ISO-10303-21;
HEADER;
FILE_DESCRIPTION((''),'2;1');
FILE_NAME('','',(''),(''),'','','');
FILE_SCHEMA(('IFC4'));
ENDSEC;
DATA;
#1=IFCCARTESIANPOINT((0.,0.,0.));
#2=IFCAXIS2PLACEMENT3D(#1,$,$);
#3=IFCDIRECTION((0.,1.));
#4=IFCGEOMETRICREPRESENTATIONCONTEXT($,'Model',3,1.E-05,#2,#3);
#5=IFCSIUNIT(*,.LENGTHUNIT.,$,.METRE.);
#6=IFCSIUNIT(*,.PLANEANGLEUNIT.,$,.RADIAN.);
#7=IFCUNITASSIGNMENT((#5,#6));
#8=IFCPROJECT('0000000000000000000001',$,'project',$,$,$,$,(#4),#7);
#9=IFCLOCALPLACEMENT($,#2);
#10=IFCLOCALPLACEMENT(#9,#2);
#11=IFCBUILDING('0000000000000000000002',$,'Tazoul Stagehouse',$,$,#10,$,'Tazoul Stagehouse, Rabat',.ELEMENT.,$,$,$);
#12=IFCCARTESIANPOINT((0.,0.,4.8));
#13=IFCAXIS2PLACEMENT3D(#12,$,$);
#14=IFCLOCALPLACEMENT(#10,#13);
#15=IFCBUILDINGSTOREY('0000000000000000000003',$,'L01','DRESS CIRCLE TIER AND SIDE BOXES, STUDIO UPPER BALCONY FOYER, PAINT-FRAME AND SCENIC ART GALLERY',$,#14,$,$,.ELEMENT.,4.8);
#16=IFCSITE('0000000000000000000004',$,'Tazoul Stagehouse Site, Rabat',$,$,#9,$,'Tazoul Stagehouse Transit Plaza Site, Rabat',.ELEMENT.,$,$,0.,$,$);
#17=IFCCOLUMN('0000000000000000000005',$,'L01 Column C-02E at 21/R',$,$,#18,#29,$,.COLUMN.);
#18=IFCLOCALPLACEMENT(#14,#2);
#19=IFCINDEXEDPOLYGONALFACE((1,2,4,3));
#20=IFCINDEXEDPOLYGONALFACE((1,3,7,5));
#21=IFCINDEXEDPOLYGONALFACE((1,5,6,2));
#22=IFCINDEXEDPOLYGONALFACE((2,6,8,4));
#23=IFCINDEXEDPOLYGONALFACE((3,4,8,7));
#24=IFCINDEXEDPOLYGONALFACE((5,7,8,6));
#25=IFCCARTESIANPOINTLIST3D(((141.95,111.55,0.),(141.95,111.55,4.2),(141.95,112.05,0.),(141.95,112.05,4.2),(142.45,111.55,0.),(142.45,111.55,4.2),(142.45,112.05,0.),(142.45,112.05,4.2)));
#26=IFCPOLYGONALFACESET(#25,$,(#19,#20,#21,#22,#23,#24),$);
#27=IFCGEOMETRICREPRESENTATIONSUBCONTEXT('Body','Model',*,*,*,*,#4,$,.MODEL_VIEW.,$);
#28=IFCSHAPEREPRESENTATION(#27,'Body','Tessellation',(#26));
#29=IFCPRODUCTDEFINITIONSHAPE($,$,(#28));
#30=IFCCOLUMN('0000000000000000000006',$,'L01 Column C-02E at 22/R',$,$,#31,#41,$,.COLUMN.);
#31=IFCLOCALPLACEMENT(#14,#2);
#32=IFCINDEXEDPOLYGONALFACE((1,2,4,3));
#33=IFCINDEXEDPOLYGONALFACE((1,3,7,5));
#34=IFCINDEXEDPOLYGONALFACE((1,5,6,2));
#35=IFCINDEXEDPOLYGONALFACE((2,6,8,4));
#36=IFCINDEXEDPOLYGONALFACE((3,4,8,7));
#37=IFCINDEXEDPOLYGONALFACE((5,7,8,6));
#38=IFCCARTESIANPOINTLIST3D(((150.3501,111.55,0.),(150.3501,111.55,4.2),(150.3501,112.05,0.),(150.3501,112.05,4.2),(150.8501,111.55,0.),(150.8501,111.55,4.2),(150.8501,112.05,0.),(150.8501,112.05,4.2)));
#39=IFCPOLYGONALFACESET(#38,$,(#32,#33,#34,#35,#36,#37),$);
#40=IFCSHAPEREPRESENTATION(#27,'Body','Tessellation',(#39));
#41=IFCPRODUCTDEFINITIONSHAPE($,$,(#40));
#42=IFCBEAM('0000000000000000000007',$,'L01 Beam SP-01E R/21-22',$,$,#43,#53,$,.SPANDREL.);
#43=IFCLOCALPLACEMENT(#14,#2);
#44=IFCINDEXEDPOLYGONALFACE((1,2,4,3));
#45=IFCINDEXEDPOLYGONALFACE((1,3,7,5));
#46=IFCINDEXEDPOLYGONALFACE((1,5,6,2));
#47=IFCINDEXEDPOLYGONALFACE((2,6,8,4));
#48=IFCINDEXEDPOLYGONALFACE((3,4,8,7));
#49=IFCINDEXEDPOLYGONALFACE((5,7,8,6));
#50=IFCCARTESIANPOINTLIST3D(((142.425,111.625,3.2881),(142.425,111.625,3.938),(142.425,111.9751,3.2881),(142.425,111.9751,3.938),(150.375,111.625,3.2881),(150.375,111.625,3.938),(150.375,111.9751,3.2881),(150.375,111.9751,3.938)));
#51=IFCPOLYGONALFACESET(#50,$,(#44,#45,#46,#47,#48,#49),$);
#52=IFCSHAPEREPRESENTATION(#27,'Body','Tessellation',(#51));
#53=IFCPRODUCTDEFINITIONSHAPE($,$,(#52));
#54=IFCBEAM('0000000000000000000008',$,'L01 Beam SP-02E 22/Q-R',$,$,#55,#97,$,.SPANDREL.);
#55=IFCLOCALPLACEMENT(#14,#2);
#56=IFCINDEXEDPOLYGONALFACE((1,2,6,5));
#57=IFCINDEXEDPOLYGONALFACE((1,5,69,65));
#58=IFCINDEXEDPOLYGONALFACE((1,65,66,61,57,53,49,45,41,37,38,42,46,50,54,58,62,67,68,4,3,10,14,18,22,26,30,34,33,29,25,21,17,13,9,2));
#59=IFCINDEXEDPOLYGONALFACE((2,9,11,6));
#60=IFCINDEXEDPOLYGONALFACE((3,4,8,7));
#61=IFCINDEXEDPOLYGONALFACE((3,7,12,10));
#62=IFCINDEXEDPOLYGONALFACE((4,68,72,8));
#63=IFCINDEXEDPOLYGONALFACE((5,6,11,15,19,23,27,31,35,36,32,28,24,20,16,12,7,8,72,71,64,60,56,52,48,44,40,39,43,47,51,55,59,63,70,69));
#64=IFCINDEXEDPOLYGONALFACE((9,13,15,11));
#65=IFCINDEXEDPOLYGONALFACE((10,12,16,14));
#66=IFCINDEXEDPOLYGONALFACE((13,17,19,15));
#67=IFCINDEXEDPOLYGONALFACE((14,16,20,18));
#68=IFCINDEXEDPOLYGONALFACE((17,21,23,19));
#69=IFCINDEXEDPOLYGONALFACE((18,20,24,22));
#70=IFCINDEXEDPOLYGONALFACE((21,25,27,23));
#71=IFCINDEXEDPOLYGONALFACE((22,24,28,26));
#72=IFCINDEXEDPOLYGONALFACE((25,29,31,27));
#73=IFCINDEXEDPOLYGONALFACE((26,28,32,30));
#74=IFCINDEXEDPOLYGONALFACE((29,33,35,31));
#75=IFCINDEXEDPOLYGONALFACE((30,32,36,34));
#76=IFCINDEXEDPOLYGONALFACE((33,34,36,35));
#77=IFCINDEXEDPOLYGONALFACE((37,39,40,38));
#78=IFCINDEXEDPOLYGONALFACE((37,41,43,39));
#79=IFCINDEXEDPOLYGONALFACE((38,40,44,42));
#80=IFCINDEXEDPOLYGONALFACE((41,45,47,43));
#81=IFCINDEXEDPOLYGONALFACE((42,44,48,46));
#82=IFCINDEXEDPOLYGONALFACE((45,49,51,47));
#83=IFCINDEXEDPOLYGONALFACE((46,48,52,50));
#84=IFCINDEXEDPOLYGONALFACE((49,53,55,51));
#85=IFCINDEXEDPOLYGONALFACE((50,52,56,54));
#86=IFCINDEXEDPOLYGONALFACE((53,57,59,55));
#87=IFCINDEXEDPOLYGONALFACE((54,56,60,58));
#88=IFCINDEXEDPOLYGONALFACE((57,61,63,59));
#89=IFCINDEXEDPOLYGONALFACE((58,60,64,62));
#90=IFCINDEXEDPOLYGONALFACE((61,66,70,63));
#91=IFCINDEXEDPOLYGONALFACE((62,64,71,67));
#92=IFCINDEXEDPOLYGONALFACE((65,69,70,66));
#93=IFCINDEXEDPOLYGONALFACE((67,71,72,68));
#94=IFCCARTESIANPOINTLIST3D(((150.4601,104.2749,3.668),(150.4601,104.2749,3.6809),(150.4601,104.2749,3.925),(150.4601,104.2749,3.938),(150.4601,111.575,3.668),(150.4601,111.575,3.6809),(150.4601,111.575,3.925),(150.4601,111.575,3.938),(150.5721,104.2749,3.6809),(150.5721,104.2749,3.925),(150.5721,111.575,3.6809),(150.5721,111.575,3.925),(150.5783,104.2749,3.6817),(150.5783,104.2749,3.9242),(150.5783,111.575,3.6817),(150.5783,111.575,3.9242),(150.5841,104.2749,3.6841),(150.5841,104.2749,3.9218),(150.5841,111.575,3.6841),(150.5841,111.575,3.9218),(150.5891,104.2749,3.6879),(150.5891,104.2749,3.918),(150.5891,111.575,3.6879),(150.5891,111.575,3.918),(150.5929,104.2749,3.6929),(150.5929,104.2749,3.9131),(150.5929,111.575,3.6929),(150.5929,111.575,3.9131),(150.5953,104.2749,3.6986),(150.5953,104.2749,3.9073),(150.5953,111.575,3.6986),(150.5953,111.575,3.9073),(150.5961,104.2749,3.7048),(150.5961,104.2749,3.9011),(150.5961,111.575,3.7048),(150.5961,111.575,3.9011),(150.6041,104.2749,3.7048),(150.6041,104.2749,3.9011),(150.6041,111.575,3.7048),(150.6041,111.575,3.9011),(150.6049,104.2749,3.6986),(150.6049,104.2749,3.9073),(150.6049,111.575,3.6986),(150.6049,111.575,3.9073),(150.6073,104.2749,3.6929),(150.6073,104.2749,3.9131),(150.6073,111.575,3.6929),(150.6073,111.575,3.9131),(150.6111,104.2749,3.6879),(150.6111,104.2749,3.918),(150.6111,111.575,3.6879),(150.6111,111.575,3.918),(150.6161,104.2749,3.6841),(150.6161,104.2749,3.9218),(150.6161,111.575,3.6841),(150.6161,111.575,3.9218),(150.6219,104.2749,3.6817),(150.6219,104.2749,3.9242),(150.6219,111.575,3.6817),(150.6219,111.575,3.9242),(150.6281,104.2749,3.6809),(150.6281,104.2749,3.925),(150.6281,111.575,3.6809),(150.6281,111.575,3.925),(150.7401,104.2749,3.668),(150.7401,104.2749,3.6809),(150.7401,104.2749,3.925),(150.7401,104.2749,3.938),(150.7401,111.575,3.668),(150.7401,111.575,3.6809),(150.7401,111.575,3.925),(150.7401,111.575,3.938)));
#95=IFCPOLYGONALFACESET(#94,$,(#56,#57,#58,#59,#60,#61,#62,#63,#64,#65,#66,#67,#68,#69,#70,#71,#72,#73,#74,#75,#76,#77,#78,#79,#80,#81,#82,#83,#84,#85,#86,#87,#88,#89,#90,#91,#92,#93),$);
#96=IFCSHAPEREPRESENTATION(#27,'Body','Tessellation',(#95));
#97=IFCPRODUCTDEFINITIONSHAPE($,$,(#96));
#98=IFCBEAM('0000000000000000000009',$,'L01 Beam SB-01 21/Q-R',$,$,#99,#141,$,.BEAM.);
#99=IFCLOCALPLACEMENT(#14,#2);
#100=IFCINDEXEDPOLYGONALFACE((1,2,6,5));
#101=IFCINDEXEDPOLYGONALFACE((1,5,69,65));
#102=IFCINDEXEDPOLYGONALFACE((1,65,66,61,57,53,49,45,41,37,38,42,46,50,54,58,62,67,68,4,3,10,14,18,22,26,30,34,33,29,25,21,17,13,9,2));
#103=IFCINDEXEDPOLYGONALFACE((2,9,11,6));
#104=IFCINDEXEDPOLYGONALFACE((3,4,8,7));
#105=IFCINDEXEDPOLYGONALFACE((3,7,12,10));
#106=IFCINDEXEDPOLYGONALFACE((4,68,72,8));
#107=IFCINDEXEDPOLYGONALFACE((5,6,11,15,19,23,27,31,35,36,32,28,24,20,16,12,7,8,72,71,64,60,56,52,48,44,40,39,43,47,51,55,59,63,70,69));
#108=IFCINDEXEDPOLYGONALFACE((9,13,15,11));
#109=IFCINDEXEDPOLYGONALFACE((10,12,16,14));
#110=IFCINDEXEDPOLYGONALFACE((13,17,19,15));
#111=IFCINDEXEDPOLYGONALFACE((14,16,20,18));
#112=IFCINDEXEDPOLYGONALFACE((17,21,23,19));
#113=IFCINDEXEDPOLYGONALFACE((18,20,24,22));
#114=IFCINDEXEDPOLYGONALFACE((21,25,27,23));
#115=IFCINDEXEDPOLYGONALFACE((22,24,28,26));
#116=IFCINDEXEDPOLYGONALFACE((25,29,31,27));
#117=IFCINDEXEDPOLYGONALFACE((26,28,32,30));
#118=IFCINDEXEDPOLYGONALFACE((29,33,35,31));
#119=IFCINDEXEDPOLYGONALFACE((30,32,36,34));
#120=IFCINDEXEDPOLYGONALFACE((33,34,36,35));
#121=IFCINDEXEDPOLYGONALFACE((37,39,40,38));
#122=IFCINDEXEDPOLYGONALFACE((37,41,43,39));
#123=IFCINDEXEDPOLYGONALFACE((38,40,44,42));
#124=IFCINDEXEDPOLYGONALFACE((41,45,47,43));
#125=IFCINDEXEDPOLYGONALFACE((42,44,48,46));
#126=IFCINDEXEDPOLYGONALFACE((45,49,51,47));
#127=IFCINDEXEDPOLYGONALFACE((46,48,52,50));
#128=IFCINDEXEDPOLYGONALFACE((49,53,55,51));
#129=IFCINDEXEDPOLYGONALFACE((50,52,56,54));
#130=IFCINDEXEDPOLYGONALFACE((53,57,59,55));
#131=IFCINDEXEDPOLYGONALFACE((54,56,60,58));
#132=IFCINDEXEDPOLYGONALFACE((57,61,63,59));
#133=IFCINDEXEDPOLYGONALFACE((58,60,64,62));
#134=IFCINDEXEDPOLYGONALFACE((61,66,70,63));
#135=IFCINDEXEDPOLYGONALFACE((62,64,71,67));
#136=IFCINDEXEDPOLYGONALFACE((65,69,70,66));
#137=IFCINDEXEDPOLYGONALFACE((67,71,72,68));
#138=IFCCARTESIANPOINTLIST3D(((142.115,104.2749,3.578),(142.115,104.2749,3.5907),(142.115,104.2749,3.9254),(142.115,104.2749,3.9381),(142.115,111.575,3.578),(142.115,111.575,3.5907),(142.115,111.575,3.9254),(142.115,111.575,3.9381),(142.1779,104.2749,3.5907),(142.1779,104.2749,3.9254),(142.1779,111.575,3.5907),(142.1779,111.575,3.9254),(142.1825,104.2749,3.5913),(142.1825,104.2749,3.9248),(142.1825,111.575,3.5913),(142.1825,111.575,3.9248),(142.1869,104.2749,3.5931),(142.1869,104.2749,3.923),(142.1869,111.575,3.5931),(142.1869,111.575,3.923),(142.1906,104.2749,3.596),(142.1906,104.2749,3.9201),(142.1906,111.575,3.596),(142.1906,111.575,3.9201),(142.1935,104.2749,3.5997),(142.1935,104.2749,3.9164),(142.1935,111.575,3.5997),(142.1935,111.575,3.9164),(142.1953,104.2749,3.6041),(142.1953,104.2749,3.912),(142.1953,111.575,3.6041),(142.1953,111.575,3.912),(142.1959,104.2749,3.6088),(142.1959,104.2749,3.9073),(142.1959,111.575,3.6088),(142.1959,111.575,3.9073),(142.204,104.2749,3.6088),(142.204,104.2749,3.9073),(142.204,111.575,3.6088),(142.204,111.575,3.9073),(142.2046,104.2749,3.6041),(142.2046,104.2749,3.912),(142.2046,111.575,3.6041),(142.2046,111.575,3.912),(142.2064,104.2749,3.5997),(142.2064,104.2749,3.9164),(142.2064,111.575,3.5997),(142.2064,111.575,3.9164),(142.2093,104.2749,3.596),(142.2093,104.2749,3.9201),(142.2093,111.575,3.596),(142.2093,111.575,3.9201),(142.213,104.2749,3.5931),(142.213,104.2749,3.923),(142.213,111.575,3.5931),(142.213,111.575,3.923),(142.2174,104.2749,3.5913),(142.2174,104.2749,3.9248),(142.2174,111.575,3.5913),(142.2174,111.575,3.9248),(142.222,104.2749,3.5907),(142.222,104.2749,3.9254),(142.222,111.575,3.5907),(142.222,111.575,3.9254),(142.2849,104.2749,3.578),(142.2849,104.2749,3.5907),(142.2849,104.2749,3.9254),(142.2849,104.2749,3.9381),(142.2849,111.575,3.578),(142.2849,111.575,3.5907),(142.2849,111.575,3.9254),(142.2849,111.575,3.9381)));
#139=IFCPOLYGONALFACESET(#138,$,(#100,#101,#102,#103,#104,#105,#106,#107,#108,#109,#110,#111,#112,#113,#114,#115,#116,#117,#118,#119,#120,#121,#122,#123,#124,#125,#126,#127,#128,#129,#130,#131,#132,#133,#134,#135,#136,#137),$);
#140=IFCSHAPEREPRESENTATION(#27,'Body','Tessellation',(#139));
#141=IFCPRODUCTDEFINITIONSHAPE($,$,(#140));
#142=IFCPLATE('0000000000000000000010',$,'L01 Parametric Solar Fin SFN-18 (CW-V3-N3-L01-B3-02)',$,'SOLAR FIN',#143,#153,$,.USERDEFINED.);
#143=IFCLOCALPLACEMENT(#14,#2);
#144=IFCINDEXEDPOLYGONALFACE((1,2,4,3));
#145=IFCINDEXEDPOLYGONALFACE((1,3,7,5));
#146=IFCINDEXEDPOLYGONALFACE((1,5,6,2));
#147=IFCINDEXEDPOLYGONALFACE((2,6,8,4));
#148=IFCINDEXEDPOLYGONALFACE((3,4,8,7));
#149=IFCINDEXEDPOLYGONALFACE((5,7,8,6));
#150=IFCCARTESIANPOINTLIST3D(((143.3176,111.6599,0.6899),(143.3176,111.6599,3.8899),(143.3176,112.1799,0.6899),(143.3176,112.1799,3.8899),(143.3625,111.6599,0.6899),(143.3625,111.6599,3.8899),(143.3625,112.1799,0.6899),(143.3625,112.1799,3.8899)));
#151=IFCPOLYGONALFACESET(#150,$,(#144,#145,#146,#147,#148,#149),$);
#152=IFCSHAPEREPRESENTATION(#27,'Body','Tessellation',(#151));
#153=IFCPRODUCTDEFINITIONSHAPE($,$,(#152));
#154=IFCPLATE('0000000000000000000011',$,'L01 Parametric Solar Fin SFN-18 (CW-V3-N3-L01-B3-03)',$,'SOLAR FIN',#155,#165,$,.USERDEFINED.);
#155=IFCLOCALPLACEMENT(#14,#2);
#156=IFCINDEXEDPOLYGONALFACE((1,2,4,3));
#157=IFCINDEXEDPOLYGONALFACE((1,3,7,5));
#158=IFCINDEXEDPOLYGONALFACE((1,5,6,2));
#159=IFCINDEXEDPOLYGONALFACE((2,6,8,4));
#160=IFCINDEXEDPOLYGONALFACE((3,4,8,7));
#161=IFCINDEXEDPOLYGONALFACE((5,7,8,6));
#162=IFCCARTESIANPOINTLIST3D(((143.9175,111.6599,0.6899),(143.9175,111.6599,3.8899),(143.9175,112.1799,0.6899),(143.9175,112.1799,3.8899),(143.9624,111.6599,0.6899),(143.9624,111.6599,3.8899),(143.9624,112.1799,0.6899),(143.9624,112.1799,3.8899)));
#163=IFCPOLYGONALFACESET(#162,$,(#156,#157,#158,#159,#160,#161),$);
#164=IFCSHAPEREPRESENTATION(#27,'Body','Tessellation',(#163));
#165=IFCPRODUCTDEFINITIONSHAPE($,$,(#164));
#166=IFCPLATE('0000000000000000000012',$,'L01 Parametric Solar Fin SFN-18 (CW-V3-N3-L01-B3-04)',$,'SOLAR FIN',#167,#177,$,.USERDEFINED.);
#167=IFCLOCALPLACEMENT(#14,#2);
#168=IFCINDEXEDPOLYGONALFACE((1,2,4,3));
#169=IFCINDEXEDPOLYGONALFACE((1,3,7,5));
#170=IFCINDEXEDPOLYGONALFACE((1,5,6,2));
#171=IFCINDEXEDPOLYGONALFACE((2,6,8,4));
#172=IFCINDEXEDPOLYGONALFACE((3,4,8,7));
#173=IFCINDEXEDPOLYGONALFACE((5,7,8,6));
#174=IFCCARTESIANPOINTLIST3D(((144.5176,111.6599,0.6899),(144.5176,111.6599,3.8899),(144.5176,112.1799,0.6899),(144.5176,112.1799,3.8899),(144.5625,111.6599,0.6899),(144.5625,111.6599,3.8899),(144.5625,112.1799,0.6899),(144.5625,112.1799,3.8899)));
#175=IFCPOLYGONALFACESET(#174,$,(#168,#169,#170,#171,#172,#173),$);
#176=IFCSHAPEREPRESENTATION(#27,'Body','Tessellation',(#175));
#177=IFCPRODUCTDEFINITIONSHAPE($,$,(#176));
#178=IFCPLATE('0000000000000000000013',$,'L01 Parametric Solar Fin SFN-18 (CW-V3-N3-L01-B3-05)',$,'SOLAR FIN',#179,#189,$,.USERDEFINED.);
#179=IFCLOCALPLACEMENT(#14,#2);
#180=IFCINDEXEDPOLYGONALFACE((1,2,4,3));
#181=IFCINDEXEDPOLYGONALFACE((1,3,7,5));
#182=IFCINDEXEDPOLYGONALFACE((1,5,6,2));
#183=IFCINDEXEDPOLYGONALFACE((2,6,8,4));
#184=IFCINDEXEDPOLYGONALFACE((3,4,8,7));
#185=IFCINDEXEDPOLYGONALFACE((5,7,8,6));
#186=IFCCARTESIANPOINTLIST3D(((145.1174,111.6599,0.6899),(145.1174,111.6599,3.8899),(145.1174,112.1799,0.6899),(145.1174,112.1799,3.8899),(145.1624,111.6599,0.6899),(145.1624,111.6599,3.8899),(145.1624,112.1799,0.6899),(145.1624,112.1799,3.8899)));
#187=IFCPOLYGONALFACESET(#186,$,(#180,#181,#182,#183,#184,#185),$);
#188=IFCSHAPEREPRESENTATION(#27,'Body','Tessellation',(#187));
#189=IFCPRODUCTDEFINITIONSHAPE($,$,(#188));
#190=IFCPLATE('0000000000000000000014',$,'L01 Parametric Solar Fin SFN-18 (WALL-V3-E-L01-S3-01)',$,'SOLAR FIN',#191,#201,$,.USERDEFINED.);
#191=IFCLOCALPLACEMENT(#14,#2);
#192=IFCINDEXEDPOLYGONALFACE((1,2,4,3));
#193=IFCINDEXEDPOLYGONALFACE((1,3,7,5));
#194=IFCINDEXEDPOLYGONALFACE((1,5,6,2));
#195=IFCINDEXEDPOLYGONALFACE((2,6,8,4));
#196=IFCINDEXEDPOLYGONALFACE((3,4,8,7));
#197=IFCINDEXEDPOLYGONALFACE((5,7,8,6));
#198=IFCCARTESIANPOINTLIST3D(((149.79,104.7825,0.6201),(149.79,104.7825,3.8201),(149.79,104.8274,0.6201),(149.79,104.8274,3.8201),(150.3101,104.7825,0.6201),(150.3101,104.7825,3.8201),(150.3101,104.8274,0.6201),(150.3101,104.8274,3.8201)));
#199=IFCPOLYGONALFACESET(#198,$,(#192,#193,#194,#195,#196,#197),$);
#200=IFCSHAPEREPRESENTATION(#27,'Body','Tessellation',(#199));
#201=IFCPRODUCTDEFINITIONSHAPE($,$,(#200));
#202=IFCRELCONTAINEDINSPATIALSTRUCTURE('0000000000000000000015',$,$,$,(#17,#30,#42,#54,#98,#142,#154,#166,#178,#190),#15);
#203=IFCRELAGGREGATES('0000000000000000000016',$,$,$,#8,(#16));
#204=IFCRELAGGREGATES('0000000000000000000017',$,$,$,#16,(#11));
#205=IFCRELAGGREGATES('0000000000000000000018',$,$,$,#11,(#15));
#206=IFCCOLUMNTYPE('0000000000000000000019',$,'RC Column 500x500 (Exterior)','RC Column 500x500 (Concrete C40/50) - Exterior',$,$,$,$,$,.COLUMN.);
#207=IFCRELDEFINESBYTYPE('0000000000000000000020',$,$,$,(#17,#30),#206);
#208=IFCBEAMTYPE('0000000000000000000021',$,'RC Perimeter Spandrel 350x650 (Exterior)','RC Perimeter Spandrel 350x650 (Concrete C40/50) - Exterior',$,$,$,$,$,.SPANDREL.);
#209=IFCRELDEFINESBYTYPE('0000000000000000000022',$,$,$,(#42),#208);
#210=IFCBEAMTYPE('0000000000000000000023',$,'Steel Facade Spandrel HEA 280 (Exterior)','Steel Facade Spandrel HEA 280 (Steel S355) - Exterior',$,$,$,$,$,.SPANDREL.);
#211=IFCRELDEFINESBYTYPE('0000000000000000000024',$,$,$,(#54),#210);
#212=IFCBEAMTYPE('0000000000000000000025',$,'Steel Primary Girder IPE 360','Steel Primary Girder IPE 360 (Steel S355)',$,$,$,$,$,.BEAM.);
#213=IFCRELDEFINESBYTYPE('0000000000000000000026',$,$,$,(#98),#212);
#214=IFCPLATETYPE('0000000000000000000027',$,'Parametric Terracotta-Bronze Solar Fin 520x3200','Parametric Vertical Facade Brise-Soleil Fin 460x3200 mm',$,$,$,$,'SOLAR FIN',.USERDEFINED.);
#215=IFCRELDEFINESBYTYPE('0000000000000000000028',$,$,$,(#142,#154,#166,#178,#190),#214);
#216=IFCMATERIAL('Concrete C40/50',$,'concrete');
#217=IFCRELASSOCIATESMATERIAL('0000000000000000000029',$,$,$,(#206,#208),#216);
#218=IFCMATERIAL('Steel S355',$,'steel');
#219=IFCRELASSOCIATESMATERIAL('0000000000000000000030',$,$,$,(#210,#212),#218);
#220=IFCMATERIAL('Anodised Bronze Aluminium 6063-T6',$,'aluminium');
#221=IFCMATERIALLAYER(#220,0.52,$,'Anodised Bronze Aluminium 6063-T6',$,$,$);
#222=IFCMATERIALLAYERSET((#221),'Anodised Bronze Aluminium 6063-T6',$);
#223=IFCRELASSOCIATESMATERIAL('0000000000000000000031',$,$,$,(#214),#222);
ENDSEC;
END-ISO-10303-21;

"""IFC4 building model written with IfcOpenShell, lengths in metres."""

from ifc_helpers import new_model, si_unit, direction, frame, origin, origin_2d, place, context, subcontext, project, spatial, rectangle, i_section, extrude, material, layer, layer_set, material_profile, profile_set, type_object, element, save


model = new_model("IFC4")

# Units and contexts
model_context = context("Model", 3, precision=1e-05, world=origin(), true_north=direction((0.0, 1.0)))
body_context = subcontext(model_context, "Body", "Model", "MODEL_VIEW")
ifc_project = project(units=[si_unit("LENGTHUNIT", "METRE"), si_unit("PLANEANGLEUNIT", "RADIAN")], contexts=[model_context])

# Site, building, storey
site_placement = place(None, origin())
site = spatial("IfcSite", under=ifc_project, at=site_placement, Name="Tazoul Stagehouse Site, Rabat", LongName="Tazoul Stagehouse Transit Plaza Site, Rabat", CompositionType="ELEMENT", RefElevation=0.0)
building_placement = place(site_placement, origin())
building = spatial("IfcBuilding", under=site, at=building_placement, Name="Tazoul Stagehouse", LongName="Tazoul Stagehouse, Rabat", CompositionType="ELEMENT")
storey_placement = place(building_placement, frame((0.0, 0.0, 4.8)))
storey = spatial("IfcBuildingStorey", under=building, at=storey_placement, Name="L01", Description="DRESS CIRCLE TIER AND SIDE BOXES, STUDIO UPPER BALCONY FOYER, PAINT-FRAME AND SCENIC ART GALLERY", CompositionType="ELEMENT", Elevation=4.8)

# Columns
ifc_material_1 = material(Name="Concrete C40/50", Category="concrete")
ifc_material_profile_1 = material_profile(ifc_material_1, rectangle(XDim=0.5, YDim=0.5, at=origin_2d()), Name="RC 500x500")
ifc_profile_set_1 = profile_set([ifc_material_profile_1], Name="Concrete C40/50")
column_type = type_object("IfcColumnType", Name="RC Column 500x500 (Exterior)", Description="RC Column 500x500 (Concrete C40/50) - Exterior", PredefinedType="COLUMN", material=ifc_profile_set_1)
for number, where, z_axis, x_axis, name in (
    (1, (142.2, 111.8, 0.0), (0.0, 0.0, 1.0), (1.0, 0.0, 0.0), "L01 Column C-02E at 21/R"),
    (2, (150.6001, 111.8, 0.0), (0.0, 0.0, 1.0), (1.0, 0.0, 0.0), "L01 Column C-02E at 22/R"),
):
    element("IfcColumn", number, at=place(storey_placement, frame(where, z_axis=z_axis, x_axis=x_axis)), inside=storey, type_object=column_type, Name=name, PredefinedType="COLUMN", context=body_context, shape_type="SweptSolid", body=[
        extrude(rectangle(XDim=0.5, YDim=0.5, at=origin_2d()), origin(), (0.0, 0.0, 1.0), 4.2),
    ])

# Beams
ifc_material_profile_2 = material_profile(ifc_material_1, rectangle(XDim=0.3501, YDim=0.6499, at=origin_2d()), Name="RC 350x650")
ifc_profile_set_2 = profile_set([ifc_material_profile_2], Name="Concrete C40/50")
beam_type_1 = type_object("IfcBeamType", Name="RC Perimeter Spandrel 350x650 (Exterior)", Description="RC Perimeter Spandrel 350x650 (Concrete C40/50) - Exterior", PredefinedType="SPANDREL", material=ifc_profile_set_2)
beam_1_placement = place(storey_placement, frame((142.425, 111.8, 3.613), z_axis=(1.0, 0.0, 0.0), x_axis=(0.0, 1.0, 0.0)))
element("IfcBeam", 3, at=beam_1_placement, inside=storey, type_object=beam_type_1, Name="L01 Beam SP-01E R/21-22", PredefinedType="SPANDREL", context=body_context, shape_type="SweptSolid", body=[
    extrude(rectangle(XDim=0.3501, YDim=0.6499, at=origin_2d()), origin(), (0.0, 0.0, 1.0), 7.95),
])
ifc_material_2 = material(Name="Steel S355", Category="steel")
ifc_material_profile_3 = material_profile(ifc_material_2, i_section(OverallWidth=0.28, OverallDepth=0.27, WebThickness=0.0081, FlangeThickness=0.0129, FilletRadius=0.0239, at=origin_2d()), Name="HEA 280")
ifc_profile_set_3 = profile_set([ifc_material_profile_3], Name="Steel S355")
beam_type_2 = type_object("IfcBeamType", Name="Steel Facade Spandrel HEA 280 (Exterior)", Description="Steel Facade Spandrel HEA 280 (Steel S355) - Exterior", PredefinedType="SPANDREL", material=ifc_profile_set_3)
beam_2_placement = place(storey_placement, frame((150.6001, 104.2749, 3.803), z_axis=(0.0, 1.0, 0.0), x_axis=(-1.0, 0.0, 0.0)))
element("IfcBeam", 4, at=beam_2_placement, inside=storey, type_object=beam_type_2, Name="L01 Beam SP-02E 22/Q-R", PredefinedType="SPANDREL", context=body_context, shape_type="SweptSolid", body=[
    extrude(i_section(OverallWidth=0.28, OverallDepth=0.27, WebThickness=0.0081, FlangeThickness=0.0129, FilletRadius=0.0239, at=origin_2d()), origin(), (0.0, 0.0, 1.0), 7.3),
])
ifc_material_profile_4 = material_profile(ifc_material_2, i_section(OverallWidth=0.1699, OverallDepth=0.3601, WebThickness=0.0081, FlangeThickness=0.0127, FilletRadius=0.0181, at=origin_2d()), Name="IPE 360")
ifc_profile_set_4 = profile_set([ifc_material_profile_4], Name="Steel S355")
beam_type_3 = type_object("IfcBeamType", Name="Steel Primary Girder IPE 360", Description="Steel Primary Girder IPE 360 (Steel S355)", PredefinedType="BEAM", material=ifc_profile_set_4)
beam_3_placement = place(storey_placement, frame((142.2, 104.2749, 3.7581), z_axis=(0.0, 1.0, 0.0), x_axis=(-1.0, 0.0, 0.0)))
element("IfcBeam", 5, at=beam_3_placement, inside=storey, type_object=beam_type_3, Name="L01 Beam SB-01 21/Q-R", PredefinedType="BEAM", context=body_context, shape_type="SweptSolid", body=[
    extrude(i_section(OverallWidth=0.1699, OverallDepth=0.3601, WebThickness=0.0081, FlangeThickness=0.0127, FilletRadius=0.0181, at=origin_2d()), origin(), (0.0, 0.0, 1.0), 7.3),
])

# Plates
ifc_material_3 = material(Name="Anodised Bronze Aluminium 6063-T6", Category="aluminium")
ifc_layer_1 = layer(ifc_material_3, 0.52, Name="Anodised Bronze Aluminium 6063-T6")
ifc_layer_set_1 = layer_set([ifc_layer_1], Name="Anodised Bronze Aluminium 6063-T6")
plate_type_1 = type_object("IfcPlateType", Name="Parametric Terracotta-Bronze Solar Fin 520x3200", Description="Parametric Vertical Facade Brise-Soleil Fin 460x3200 mm", ElementType="SOLAR FIN", PredefinedType="USERDEFINED", material=ifc_layer_set_1)
for number, where, z_axis, x_axis, name in (
    (6, (143.3401, 111.9199, 0.6899), (0.0, 0.0, 1.0), (1.0, 0.0, 0.0), "L01 Parametric Solar Fin SFN-18 (CW-V3-N3-L01-B3-02)"),
    (7, (143.9399, 111.9199, 0.6899), (0.0, 0.0, 1.0), (1.0, 0.0, 0.0), "L01 Parametric Solar Fin SFN-18 (CW-V3-N3-L01-B3-03)"),
    (8, (144.54, 111.9199, 0.6899), (0.0, 0.0, 1.0), (1.0, 0.0, 0.0), "L01 Parametric Solar Fin SFN-18 (CW-V3-N3-L01-B3-04)"),
    (9, (145.1399, 111.9199, 0.6899), (0.0, 0.0, 1.0), (1.0, 0.0, 0.0), "L01 Parametric Solar Fin SFN-18 (CW-V3-N3-L01-B3-05)"),
    (10, (150.05, 104.8049, 0.6201), (0.0, 0.0, 1.0), (0.0, 1.0, 0.0), "L01 Parametric Solar Fin SFN-18 (WALL-V3-E-L01-S3-01)"),
):
    element("IfcPlate", number, at=place(storey_placement, frame(where, z_axis=z_axis, x_axis=x_axis)), inside=storey, type_object=plate_type_1, Name=name, ObjectType="SOLAR FIN", PredefinedType="USERDEFINED", context=body_context, shape_type="SweptSolid", body=[
        extrude(rectangle(XDim=0.0449, YDim=0.52, at=origin_2d()), origin(), (0.0, 0.0, 1.0), 3.2),
    ])

save(model, "model.ifc")
